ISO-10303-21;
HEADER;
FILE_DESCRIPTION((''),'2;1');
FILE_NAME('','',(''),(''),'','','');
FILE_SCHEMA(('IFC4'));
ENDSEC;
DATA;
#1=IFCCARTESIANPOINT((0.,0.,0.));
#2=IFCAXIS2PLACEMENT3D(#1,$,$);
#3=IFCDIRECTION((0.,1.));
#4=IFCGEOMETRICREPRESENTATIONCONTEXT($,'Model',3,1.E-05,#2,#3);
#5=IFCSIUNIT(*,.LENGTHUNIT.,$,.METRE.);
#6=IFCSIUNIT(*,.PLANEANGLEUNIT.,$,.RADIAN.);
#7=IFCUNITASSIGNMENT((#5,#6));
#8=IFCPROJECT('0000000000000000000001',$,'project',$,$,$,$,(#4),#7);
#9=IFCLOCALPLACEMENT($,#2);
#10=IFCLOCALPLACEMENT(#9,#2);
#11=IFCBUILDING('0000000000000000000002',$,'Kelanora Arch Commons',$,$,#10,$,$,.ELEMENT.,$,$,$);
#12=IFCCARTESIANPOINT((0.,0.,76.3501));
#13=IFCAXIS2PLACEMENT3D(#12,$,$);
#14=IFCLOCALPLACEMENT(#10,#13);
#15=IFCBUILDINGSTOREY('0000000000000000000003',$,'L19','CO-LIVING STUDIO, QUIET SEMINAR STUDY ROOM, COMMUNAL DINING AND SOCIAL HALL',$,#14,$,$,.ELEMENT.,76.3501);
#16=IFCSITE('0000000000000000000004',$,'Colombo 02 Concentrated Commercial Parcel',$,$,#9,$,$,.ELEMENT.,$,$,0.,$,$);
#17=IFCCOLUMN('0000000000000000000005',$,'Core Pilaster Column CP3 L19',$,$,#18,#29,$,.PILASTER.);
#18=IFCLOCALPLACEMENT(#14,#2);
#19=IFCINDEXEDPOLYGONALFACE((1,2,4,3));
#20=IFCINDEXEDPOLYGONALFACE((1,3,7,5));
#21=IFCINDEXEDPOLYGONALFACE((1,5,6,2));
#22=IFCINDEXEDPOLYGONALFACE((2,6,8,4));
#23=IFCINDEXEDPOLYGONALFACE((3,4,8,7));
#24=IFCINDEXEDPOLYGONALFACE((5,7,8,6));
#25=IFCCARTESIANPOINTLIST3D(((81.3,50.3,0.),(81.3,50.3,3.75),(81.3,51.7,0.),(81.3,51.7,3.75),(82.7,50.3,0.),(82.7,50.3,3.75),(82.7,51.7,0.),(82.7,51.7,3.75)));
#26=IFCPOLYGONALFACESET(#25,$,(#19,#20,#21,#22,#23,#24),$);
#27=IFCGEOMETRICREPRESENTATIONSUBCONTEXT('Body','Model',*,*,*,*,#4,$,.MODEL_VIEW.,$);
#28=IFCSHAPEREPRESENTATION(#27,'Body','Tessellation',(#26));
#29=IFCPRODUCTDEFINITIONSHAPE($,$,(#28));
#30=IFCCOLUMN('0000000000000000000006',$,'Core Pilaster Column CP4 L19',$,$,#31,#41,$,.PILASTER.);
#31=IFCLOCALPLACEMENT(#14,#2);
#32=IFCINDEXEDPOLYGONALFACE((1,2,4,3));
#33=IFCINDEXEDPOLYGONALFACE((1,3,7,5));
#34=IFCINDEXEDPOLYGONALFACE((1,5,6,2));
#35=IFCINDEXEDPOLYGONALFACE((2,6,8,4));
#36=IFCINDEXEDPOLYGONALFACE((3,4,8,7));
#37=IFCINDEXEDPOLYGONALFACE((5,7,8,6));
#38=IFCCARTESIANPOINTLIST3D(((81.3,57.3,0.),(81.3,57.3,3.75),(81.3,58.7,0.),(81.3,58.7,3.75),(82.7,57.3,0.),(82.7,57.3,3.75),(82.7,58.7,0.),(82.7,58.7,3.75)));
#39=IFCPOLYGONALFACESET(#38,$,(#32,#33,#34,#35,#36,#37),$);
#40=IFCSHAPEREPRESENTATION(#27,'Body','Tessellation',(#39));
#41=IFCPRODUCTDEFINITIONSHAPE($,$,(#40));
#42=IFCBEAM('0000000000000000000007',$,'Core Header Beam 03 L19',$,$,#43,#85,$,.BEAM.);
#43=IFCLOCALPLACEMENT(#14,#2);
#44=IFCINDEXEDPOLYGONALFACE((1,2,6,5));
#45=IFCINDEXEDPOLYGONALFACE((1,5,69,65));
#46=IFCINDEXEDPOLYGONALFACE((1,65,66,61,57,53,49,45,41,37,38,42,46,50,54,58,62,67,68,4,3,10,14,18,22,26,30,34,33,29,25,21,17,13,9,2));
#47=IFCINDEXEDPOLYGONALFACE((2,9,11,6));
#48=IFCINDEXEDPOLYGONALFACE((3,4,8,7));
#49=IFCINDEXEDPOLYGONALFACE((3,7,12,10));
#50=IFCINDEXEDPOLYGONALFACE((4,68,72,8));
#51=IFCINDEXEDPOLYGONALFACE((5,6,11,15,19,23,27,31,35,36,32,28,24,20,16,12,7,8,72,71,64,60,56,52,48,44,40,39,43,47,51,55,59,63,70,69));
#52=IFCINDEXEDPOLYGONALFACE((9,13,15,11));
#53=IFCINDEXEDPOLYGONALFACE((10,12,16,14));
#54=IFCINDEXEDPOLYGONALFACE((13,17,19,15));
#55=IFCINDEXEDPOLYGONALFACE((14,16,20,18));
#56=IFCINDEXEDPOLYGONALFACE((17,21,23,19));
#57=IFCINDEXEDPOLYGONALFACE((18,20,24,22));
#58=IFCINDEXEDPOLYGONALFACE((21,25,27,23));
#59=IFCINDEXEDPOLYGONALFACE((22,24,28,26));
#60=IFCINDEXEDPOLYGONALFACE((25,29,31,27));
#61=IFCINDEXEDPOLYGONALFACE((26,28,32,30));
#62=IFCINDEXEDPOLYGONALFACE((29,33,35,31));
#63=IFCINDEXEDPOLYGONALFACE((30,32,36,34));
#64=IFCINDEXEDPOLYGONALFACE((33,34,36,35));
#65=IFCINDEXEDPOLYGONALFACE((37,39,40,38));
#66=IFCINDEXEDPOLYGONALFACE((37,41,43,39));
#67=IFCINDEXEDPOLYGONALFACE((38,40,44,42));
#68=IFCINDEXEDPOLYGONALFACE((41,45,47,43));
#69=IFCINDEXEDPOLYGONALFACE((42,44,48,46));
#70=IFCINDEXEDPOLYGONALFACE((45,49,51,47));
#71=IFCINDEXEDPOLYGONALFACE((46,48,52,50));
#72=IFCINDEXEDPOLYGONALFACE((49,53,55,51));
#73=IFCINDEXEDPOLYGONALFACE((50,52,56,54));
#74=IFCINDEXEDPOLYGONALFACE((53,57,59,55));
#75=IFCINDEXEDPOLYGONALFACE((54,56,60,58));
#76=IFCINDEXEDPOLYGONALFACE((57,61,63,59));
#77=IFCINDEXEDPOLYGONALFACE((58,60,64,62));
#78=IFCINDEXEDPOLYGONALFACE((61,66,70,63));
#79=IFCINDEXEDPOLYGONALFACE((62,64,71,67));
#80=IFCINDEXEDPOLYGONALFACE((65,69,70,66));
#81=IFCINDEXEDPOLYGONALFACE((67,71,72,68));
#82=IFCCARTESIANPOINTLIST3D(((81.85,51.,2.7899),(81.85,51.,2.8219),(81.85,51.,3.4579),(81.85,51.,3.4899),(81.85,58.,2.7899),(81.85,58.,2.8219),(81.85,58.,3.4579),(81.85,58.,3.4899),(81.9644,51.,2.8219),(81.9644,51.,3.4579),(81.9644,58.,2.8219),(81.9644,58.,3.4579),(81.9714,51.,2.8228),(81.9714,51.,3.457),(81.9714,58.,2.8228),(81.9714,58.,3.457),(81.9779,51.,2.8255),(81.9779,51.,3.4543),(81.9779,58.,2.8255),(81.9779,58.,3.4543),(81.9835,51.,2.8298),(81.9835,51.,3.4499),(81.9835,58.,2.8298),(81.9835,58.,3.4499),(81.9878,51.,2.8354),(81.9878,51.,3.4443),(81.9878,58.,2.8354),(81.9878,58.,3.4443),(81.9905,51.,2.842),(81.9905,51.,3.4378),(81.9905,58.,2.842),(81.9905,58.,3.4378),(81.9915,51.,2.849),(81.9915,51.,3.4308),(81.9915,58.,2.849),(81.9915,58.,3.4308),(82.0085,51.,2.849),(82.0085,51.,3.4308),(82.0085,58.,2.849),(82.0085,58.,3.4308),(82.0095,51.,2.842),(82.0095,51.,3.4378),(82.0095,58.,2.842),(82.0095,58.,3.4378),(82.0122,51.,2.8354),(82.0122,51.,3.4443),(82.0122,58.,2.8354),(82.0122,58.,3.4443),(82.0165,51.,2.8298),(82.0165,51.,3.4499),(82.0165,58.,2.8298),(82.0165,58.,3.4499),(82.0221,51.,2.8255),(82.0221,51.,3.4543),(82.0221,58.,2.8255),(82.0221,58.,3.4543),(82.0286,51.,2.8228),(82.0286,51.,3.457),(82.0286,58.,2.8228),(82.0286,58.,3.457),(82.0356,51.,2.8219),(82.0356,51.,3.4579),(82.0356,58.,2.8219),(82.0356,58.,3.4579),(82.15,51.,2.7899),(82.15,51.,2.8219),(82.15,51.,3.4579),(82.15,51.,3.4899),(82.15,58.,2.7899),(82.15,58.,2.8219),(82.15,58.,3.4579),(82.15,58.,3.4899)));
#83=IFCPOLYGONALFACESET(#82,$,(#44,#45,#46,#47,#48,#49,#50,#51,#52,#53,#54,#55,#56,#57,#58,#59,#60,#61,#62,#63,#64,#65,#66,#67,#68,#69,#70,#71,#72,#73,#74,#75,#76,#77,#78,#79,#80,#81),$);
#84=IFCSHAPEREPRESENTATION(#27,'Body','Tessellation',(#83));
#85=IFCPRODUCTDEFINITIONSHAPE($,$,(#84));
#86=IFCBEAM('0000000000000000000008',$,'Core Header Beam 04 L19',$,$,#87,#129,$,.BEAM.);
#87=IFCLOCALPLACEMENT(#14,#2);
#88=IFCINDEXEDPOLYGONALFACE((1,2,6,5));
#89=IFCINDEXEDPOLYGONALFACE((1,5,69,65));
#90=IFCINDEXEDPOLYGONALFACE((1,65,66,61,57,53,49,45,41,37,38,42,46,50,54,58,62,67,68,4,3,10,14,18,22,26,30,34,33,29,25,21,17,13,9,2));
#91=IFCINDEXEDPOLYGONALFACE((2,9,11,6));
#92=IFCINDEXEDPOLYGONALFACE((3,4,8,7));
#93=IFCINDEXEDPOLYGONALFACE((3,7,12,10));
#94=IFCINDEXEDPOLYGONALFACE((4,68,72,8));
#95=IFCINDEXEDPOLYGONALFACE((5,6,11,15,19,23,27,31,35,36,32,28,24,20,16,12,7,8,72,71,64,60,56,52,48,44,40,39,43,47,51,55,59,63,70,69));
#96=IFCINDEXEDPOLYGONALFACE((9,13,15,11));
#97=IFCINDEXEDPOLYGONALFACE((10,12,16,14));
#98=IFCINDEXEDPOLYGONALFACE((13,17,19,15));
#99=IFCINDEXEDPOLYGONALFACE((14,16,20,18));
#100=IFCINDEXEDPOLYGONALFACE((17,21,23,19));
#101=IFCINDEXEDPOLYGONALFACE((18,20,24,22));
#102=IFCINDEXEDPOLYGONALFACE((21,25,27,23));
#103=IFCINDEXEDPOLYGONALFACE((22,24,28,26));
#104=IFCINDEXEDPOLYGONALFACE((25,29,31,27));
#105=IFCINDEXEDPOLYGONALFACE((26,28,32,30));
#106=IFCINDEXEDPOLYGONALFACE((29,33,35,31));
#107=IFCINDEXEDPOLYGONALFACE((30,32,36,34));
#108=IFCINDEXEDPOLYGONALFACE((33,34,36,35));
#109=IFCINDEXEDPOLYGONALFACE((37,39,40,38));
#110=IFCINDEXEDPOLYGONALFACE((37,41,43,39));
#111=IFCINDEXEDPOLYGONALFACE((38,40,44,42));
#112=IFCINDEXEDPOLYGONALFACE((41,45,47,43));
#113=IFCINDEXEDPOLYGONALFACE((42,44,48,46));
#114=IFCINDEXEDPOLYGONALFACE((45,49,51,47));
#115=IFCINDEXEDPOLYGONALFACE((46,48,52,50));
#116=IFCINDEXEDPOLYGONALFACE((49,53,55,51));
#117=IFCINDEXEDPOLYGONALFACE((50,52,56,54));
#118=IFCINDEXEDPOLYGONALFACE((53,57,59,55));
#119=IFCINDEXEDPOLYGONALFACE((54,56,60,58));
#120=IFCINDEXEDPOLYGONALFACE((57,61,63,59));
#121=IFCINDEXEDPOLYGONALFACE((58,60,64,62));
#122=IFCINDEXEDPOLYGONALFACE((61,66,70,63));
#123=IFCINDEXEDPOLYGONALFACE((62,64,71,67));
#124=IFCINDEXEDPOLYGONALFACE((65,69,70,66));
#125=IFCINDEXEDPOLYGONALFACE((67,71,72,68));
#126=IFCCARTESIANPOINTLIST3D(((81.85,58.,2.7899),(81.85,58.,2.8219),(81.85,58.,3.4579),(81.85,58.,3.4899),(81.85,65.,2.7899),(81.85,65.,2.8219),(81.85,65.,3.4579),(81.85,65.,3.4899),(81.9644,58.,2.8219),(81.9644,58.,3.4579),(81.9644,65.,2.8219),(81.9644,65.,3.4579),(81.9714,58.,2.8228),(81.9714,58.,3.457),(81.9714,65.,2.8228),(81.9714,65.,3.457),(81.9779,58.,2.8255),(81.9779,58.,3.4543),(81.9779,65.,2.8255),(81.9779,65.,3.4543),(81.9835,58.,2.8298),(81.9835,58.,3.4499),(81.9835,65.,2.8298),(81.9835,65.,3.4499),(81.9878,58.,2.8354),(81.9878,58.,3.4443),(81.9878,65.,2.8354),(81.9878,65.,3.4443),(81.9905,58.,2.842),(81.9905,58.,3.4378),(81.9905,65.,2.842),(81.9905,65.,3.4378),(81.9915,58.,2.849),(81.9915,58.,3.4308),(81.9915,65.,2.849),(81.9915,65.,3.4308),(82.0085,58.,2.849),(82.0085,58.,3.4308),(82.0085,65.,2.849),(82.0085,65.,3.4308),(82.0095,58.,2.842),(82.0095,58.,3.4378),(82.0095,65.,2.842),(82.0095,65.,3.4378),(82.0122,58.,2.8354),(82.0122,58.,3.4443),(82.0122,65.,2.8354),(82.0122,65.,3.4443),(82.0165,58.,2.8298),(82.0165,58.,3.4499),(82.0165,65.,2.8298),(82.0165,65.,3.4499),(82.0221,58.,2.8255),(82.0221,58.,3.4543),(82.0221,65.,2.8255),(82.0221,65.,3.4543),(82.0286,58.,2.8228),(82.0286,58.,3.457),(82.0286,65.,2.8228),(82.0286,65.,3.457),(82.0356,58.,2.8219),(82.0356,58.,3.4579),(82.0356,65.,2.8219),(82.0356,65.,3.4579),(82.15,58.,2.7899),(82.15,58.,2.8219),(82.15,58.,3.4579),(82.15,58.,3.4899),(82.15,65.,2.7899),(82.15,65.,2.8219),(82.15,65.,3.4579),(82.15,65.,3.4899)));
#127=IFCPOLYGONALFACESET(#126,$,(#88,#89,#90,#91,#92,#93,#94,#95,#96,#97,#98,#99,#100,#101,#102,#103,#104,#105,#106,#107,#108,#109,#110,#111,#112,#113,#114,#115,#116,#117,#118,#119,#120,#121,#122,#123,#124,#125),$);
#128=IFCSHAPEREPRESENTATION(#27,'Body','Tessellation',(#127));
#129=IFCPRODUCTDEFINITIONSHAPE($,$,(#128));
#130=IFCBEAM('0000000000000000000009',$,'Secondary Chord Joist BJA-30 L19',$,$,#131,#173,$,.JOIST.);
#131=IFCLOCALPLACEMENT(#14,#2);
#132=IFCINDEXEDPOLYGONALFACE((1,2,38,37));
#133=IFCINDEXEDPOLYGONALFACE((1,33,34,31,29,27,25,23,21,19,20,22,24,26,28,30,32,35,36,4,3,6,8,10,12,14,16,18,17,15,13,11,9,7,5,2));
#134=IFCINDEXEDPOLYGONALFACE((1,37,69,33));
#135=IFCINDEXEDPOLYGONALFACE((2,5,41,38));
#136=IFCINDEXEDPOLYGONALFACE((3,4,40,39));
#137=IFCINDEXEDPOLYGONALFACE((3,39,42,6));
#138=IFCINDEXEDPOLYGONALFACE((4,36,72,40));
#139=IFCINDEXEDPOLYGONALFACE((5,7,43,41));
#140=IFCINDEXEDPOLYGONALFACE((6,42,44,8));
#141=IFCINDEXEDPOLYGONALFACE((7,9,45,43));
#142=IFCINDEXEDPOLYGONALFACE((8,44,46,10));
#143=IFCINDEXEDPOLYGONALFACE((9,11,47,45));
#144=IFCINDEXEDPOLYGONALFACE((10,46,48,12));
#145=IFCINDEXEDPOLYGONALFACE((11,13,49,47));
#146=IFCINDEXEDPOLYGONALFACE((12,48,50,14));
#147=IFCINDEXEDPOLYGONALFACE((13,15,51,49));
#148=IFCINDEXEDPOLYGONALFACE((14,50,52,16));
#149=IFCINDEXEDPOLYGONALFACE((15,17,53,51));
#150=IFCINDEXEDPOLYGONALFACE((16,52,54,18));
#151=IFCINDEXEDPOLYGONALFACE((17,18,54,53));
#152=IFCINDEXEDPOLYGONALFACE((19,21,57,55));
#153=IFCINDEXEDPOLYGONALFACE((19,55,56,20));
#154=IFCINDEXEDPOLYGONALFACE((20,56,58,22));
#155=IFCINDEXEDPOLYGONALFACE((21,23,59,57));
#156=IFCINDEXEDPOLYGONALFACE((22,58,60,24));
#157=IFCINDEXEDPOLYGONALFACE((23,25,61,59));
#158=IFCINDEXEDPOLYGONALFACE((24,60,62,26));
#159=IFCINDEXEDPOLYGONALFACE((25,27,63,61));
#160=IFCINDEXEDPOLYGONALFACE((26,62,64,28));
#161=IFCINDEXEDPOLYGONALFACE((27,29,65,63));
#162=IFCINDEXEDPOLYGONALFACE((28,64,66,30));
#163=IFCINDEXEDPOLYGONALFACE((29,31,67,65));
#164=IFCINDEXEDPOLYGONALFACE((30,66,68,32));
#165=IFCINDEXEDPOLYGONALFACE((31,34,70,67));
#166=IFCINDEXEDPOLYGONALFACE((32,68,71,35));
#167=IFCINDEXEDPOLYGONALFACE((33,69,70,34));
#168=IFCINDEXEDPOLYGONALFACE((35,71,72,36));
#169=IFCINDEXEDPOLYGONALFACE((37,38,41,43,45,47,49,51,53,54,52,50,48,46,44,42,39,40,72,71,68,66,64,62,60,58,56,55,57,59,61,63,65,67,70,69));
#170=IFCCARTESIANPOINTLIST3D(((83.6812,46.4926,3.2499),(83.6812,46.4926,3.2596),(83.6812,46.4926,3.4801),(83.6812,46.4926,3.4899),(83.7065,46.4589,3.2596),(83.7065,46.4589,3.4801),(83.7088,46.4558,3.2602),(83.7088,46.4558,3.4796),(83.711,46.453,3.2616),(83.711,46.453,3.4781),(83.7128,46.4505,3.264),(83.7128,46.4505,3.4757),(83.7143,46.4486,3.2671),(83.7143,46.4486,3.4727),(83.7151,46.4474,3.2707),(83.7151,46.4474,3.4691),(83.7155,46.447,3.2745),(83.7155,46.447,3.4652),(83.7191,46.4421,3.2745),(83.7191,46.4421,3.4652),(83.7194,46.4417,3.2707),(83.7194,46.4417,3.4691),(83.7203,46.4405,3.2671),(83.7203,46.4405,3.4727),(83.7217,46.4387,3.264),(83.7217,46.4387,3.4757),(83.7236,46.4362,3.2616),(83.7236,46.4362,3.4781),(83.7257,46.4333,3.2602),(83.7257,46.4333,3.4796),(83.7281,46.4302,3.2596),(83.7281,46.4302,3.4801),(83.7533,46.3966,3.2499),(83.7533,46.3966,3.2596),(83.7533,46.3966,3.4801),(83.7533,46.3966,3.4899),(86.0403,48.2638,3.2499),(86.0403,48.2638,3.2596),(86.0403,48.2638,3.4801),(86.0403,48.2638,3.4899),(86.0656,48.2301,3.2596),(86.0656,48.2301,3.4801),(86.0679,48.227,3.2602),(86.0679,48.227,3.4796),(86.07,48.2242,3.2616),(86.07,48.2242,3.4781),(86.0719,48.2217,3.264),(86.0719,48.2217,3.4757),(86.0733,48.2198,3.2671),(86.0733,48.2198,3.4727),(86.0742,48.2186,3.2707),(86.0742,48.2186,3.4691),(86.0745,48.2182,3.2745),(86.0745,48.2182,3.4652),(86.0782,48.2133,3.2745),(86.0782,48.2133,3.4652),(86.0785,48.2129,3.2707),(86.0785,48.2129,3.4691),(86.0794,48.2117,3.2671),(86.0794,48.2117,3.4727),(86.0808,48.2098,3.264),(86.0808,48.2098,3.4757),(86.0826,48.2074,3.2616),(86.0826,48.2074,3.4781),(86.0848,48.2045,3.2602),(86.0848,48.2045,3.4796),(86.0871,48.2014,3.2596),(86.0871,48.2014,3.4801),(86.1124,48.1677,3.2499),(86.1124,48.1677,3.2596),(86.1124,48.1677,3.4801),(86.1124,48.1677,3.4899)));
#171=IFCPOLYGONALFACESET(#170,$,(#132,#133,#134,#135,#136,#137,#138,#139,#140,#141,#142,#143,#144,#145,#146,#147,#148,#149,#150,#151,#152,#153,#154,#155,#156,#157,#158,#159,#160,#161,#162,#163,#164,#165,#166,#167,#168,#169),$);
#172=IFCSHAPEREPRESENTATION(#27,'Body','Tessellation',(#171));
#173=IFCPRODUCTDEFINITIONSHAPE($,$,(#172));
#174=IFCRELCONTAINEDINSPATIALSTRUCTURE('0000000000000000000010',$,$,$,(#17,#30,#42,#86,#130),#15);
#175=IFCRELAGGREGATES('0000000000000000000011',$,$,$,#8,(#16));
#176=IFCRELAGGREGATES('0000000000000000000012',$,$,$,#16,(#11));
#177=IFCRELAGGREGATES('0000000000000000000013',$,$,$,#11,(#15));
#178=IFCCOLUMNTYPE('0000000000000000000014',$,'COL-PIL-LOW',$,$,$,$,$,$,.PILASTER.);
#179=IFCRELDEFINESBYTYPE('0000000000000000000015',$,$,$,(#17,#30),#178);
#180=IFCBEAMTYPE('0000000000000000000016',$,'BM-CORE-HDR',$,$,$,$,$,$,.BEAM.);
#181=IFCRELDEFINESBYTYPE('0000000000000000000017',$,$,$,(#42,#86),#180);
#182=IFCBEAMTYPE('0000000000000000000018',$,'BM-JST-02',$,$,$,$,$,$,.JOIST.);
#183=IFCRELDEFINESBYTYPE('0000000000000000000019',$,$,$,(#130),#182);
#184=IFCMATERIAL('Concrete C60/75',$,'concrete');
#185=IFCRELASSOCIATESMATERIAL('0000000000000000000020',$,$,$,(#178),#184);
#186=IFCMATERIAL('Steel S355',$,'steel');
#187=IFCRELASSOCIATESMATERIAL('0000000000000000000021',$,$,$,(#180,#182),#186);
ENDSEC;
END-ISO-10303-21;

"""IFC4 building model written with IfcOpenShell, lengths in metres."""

from ifc_helpers import new_model, si_unit, direction, frame, origin, origin_2d, place, context, subcontext, project, spatial, rectangle, i_section, extrude, material, material_profile, profile_set, type_object, element, save


model = new_model("IFC4")

# Units and contexts
model_context = context("Model", 3, precision=1e-05, world=origin(), true_north=direction((0.0, 1.0)))
body_context = subcontext(model_context, "Body", "Model", "MODEL_VIEW")
ifc_project = project(units=[si_unit("LENGTHUNIT", "METRE"), si_unit("PLANEANGLEUNIT", "RADIAN")], contexts=[model_context])

# Site, building, storey
site_placement = place(None, origin())
site = spatial("IfcSite", under=ifc_project, at=site_placement, Name="Colombo 02 Concentrated Commercial Parcel", CompositionType="ELEMENT", RefElevation=0.0)
building_placement = place(site_placement, origin())
building = spatial("IfcBuilding", under=site, at=building_placement, Name="Kelanora Arch Commons", CompositionType="ELEMENT")
storey_placement = place(building_placement, frame((0.0, 0.0, 76.3501)))
storey = spatial("IfcBuildingStorey", under=building, at=storey_placement, Name="L19", Description="CO-LIVING STUDIO, QUIET SEMINAR STUDY ROOM, COMMUNAL DINING AND SOCIAL HALL", CompositionType="ELEMENT", Elevation=76.3501)

# Columns
ifc_material_1 = material(Name="Concrete C60/75", Category="concrete")
ifc_material_profile_1 = material_profile(ifc_material_1, rectangle(XDim=1.3999, YDim=1.3999, at=origin_2d()), Name="RC1400x1400")
ifc_profile_set_1 = profile_set([ifc_material_profile_1], Name="Concrete C60/75")
column_type = type_object("IfcColumnType", Name="COL-PIL-LOW", PredefinedType="PILASTER", material=ifc_profile_set_1)
for number, where, z_axis, x_axis, name in (
    (1, (82.0, 51.0, 0.0), (0.0, 0.0, 1.0), (1.0, 0.0, 0.0), "Core Pilaster Column CP3 L19"),
    (2, (82.0, 58.0, 0.0), (0.0, 0.0, 1.0), (1.0, 0.0, 0.0), "Core Pilaster Column CP4 L19"),
):
    element("IfcColumn", number, at=place(storey_placement, frame(where, z_axis=z_axis, x_axis=x_axis)), inside=storey, type_object=column_type, Name=name, PredefinedType="PILASTER", context=body_context, shape_type="SweptSolid", body=[
        extrude(rectangle(XDim=1.3999, YDim=1.3999, at=origin_2d()), origin(), (0.0, 0.0, 1.0), 3.75),
    ])

# Beams
ifc_material_2 = material(Name="Steel S355", Category="steel")
ifc_material_profile_2 = material_profile(ifc_material_2, i_section(OverallWidth=0.3, OverallDepth=0.7, WebThickness=0.0171, FlangeThickness=0.032, FilletRadius=0.0271, at=origin_2d()), Name="HEB700")
ifc_profile_set_2 = profile_set([ifc_material_profile_2], Name="Steel S355")
beam_type_1 = type_object("IfcBeamType", Name="BM-CORE-HDR", PredefinedType="BEAM", material=ifc_profile_set_2)
for number, where, z_axis, x_axis, name in (
    (3, (82.0, 51.0, 3.1399), (0.0, 1.0, 0.0), (-1.0, 0.0, 0.0), "Core Header Beam 03 L19"),
    (4, (82.0, 58.0, 3.1399), (0.0, 1.0, 0.0), (-1.0, 0.0, 0.0), "Core Header Beam 04 L19"),
):
    element("IfcBeam", number, at=place(storey_placement, frame(where, z_axis=z_axis, x_axis=x_axis)), inside=storey, type_object=beam_type_1, Name=name, PredefinedType="BEAM", context=body_context, shape_type="SweptSolid", body=[
        extrude(i_section(OverallWidth=0.3, OverallDepth=0.7, WebThickness=0.0171, FlangeThickness=0.032, FilletRadius=0.0271, at=origin_2d()), origin(), (0.0, 0.0, 1.0), 7.0),
    ])
ifc_material_profile_3 = material_profile(ifc_material_2, i_section(OverallWidth=0.1201, OverallDepth=0.24, WebThickness=0.0061, FlangeThickness=0.0098, FilletRadius=0.0149, at=origin_2d()), Name="IPE240")
ifc_profile_set_3 = profile_set([ifc_material_profile_3], Name="Steel S355")
beam_type_2 = type_object("IfcBeamType", Name="BM-JST-02", PredefinedType="JOIST", material=ifc_profile_set_3)
beam_1_placement = place(storey_placement, frame((83.7173, 46.4446, 3.3699), z_axis=(0.799692, 0.60041, 0.0), x_axis=(-0.60041, 0.799692, 0.0)))
element("IfcBeam", 5, at=beam_1_placement, inside=storey, type_object=beam_type_2, Name="Secondary Chord Joist BJA-30 L19", PredefinedType="JOIST", context=body_context, shape_type="SweptSolid", body=[
    extrude(i_section(OverallWidth=0.1201, OverallDepth=0.24, WebThickness=0.0061, FlangeThickness=0.0098, FilletRadius=0.0149, at=origin_2d()), origin(), (0.0, 0.0, 1.0), 2.95),
])

save(model, "model.ifc")
